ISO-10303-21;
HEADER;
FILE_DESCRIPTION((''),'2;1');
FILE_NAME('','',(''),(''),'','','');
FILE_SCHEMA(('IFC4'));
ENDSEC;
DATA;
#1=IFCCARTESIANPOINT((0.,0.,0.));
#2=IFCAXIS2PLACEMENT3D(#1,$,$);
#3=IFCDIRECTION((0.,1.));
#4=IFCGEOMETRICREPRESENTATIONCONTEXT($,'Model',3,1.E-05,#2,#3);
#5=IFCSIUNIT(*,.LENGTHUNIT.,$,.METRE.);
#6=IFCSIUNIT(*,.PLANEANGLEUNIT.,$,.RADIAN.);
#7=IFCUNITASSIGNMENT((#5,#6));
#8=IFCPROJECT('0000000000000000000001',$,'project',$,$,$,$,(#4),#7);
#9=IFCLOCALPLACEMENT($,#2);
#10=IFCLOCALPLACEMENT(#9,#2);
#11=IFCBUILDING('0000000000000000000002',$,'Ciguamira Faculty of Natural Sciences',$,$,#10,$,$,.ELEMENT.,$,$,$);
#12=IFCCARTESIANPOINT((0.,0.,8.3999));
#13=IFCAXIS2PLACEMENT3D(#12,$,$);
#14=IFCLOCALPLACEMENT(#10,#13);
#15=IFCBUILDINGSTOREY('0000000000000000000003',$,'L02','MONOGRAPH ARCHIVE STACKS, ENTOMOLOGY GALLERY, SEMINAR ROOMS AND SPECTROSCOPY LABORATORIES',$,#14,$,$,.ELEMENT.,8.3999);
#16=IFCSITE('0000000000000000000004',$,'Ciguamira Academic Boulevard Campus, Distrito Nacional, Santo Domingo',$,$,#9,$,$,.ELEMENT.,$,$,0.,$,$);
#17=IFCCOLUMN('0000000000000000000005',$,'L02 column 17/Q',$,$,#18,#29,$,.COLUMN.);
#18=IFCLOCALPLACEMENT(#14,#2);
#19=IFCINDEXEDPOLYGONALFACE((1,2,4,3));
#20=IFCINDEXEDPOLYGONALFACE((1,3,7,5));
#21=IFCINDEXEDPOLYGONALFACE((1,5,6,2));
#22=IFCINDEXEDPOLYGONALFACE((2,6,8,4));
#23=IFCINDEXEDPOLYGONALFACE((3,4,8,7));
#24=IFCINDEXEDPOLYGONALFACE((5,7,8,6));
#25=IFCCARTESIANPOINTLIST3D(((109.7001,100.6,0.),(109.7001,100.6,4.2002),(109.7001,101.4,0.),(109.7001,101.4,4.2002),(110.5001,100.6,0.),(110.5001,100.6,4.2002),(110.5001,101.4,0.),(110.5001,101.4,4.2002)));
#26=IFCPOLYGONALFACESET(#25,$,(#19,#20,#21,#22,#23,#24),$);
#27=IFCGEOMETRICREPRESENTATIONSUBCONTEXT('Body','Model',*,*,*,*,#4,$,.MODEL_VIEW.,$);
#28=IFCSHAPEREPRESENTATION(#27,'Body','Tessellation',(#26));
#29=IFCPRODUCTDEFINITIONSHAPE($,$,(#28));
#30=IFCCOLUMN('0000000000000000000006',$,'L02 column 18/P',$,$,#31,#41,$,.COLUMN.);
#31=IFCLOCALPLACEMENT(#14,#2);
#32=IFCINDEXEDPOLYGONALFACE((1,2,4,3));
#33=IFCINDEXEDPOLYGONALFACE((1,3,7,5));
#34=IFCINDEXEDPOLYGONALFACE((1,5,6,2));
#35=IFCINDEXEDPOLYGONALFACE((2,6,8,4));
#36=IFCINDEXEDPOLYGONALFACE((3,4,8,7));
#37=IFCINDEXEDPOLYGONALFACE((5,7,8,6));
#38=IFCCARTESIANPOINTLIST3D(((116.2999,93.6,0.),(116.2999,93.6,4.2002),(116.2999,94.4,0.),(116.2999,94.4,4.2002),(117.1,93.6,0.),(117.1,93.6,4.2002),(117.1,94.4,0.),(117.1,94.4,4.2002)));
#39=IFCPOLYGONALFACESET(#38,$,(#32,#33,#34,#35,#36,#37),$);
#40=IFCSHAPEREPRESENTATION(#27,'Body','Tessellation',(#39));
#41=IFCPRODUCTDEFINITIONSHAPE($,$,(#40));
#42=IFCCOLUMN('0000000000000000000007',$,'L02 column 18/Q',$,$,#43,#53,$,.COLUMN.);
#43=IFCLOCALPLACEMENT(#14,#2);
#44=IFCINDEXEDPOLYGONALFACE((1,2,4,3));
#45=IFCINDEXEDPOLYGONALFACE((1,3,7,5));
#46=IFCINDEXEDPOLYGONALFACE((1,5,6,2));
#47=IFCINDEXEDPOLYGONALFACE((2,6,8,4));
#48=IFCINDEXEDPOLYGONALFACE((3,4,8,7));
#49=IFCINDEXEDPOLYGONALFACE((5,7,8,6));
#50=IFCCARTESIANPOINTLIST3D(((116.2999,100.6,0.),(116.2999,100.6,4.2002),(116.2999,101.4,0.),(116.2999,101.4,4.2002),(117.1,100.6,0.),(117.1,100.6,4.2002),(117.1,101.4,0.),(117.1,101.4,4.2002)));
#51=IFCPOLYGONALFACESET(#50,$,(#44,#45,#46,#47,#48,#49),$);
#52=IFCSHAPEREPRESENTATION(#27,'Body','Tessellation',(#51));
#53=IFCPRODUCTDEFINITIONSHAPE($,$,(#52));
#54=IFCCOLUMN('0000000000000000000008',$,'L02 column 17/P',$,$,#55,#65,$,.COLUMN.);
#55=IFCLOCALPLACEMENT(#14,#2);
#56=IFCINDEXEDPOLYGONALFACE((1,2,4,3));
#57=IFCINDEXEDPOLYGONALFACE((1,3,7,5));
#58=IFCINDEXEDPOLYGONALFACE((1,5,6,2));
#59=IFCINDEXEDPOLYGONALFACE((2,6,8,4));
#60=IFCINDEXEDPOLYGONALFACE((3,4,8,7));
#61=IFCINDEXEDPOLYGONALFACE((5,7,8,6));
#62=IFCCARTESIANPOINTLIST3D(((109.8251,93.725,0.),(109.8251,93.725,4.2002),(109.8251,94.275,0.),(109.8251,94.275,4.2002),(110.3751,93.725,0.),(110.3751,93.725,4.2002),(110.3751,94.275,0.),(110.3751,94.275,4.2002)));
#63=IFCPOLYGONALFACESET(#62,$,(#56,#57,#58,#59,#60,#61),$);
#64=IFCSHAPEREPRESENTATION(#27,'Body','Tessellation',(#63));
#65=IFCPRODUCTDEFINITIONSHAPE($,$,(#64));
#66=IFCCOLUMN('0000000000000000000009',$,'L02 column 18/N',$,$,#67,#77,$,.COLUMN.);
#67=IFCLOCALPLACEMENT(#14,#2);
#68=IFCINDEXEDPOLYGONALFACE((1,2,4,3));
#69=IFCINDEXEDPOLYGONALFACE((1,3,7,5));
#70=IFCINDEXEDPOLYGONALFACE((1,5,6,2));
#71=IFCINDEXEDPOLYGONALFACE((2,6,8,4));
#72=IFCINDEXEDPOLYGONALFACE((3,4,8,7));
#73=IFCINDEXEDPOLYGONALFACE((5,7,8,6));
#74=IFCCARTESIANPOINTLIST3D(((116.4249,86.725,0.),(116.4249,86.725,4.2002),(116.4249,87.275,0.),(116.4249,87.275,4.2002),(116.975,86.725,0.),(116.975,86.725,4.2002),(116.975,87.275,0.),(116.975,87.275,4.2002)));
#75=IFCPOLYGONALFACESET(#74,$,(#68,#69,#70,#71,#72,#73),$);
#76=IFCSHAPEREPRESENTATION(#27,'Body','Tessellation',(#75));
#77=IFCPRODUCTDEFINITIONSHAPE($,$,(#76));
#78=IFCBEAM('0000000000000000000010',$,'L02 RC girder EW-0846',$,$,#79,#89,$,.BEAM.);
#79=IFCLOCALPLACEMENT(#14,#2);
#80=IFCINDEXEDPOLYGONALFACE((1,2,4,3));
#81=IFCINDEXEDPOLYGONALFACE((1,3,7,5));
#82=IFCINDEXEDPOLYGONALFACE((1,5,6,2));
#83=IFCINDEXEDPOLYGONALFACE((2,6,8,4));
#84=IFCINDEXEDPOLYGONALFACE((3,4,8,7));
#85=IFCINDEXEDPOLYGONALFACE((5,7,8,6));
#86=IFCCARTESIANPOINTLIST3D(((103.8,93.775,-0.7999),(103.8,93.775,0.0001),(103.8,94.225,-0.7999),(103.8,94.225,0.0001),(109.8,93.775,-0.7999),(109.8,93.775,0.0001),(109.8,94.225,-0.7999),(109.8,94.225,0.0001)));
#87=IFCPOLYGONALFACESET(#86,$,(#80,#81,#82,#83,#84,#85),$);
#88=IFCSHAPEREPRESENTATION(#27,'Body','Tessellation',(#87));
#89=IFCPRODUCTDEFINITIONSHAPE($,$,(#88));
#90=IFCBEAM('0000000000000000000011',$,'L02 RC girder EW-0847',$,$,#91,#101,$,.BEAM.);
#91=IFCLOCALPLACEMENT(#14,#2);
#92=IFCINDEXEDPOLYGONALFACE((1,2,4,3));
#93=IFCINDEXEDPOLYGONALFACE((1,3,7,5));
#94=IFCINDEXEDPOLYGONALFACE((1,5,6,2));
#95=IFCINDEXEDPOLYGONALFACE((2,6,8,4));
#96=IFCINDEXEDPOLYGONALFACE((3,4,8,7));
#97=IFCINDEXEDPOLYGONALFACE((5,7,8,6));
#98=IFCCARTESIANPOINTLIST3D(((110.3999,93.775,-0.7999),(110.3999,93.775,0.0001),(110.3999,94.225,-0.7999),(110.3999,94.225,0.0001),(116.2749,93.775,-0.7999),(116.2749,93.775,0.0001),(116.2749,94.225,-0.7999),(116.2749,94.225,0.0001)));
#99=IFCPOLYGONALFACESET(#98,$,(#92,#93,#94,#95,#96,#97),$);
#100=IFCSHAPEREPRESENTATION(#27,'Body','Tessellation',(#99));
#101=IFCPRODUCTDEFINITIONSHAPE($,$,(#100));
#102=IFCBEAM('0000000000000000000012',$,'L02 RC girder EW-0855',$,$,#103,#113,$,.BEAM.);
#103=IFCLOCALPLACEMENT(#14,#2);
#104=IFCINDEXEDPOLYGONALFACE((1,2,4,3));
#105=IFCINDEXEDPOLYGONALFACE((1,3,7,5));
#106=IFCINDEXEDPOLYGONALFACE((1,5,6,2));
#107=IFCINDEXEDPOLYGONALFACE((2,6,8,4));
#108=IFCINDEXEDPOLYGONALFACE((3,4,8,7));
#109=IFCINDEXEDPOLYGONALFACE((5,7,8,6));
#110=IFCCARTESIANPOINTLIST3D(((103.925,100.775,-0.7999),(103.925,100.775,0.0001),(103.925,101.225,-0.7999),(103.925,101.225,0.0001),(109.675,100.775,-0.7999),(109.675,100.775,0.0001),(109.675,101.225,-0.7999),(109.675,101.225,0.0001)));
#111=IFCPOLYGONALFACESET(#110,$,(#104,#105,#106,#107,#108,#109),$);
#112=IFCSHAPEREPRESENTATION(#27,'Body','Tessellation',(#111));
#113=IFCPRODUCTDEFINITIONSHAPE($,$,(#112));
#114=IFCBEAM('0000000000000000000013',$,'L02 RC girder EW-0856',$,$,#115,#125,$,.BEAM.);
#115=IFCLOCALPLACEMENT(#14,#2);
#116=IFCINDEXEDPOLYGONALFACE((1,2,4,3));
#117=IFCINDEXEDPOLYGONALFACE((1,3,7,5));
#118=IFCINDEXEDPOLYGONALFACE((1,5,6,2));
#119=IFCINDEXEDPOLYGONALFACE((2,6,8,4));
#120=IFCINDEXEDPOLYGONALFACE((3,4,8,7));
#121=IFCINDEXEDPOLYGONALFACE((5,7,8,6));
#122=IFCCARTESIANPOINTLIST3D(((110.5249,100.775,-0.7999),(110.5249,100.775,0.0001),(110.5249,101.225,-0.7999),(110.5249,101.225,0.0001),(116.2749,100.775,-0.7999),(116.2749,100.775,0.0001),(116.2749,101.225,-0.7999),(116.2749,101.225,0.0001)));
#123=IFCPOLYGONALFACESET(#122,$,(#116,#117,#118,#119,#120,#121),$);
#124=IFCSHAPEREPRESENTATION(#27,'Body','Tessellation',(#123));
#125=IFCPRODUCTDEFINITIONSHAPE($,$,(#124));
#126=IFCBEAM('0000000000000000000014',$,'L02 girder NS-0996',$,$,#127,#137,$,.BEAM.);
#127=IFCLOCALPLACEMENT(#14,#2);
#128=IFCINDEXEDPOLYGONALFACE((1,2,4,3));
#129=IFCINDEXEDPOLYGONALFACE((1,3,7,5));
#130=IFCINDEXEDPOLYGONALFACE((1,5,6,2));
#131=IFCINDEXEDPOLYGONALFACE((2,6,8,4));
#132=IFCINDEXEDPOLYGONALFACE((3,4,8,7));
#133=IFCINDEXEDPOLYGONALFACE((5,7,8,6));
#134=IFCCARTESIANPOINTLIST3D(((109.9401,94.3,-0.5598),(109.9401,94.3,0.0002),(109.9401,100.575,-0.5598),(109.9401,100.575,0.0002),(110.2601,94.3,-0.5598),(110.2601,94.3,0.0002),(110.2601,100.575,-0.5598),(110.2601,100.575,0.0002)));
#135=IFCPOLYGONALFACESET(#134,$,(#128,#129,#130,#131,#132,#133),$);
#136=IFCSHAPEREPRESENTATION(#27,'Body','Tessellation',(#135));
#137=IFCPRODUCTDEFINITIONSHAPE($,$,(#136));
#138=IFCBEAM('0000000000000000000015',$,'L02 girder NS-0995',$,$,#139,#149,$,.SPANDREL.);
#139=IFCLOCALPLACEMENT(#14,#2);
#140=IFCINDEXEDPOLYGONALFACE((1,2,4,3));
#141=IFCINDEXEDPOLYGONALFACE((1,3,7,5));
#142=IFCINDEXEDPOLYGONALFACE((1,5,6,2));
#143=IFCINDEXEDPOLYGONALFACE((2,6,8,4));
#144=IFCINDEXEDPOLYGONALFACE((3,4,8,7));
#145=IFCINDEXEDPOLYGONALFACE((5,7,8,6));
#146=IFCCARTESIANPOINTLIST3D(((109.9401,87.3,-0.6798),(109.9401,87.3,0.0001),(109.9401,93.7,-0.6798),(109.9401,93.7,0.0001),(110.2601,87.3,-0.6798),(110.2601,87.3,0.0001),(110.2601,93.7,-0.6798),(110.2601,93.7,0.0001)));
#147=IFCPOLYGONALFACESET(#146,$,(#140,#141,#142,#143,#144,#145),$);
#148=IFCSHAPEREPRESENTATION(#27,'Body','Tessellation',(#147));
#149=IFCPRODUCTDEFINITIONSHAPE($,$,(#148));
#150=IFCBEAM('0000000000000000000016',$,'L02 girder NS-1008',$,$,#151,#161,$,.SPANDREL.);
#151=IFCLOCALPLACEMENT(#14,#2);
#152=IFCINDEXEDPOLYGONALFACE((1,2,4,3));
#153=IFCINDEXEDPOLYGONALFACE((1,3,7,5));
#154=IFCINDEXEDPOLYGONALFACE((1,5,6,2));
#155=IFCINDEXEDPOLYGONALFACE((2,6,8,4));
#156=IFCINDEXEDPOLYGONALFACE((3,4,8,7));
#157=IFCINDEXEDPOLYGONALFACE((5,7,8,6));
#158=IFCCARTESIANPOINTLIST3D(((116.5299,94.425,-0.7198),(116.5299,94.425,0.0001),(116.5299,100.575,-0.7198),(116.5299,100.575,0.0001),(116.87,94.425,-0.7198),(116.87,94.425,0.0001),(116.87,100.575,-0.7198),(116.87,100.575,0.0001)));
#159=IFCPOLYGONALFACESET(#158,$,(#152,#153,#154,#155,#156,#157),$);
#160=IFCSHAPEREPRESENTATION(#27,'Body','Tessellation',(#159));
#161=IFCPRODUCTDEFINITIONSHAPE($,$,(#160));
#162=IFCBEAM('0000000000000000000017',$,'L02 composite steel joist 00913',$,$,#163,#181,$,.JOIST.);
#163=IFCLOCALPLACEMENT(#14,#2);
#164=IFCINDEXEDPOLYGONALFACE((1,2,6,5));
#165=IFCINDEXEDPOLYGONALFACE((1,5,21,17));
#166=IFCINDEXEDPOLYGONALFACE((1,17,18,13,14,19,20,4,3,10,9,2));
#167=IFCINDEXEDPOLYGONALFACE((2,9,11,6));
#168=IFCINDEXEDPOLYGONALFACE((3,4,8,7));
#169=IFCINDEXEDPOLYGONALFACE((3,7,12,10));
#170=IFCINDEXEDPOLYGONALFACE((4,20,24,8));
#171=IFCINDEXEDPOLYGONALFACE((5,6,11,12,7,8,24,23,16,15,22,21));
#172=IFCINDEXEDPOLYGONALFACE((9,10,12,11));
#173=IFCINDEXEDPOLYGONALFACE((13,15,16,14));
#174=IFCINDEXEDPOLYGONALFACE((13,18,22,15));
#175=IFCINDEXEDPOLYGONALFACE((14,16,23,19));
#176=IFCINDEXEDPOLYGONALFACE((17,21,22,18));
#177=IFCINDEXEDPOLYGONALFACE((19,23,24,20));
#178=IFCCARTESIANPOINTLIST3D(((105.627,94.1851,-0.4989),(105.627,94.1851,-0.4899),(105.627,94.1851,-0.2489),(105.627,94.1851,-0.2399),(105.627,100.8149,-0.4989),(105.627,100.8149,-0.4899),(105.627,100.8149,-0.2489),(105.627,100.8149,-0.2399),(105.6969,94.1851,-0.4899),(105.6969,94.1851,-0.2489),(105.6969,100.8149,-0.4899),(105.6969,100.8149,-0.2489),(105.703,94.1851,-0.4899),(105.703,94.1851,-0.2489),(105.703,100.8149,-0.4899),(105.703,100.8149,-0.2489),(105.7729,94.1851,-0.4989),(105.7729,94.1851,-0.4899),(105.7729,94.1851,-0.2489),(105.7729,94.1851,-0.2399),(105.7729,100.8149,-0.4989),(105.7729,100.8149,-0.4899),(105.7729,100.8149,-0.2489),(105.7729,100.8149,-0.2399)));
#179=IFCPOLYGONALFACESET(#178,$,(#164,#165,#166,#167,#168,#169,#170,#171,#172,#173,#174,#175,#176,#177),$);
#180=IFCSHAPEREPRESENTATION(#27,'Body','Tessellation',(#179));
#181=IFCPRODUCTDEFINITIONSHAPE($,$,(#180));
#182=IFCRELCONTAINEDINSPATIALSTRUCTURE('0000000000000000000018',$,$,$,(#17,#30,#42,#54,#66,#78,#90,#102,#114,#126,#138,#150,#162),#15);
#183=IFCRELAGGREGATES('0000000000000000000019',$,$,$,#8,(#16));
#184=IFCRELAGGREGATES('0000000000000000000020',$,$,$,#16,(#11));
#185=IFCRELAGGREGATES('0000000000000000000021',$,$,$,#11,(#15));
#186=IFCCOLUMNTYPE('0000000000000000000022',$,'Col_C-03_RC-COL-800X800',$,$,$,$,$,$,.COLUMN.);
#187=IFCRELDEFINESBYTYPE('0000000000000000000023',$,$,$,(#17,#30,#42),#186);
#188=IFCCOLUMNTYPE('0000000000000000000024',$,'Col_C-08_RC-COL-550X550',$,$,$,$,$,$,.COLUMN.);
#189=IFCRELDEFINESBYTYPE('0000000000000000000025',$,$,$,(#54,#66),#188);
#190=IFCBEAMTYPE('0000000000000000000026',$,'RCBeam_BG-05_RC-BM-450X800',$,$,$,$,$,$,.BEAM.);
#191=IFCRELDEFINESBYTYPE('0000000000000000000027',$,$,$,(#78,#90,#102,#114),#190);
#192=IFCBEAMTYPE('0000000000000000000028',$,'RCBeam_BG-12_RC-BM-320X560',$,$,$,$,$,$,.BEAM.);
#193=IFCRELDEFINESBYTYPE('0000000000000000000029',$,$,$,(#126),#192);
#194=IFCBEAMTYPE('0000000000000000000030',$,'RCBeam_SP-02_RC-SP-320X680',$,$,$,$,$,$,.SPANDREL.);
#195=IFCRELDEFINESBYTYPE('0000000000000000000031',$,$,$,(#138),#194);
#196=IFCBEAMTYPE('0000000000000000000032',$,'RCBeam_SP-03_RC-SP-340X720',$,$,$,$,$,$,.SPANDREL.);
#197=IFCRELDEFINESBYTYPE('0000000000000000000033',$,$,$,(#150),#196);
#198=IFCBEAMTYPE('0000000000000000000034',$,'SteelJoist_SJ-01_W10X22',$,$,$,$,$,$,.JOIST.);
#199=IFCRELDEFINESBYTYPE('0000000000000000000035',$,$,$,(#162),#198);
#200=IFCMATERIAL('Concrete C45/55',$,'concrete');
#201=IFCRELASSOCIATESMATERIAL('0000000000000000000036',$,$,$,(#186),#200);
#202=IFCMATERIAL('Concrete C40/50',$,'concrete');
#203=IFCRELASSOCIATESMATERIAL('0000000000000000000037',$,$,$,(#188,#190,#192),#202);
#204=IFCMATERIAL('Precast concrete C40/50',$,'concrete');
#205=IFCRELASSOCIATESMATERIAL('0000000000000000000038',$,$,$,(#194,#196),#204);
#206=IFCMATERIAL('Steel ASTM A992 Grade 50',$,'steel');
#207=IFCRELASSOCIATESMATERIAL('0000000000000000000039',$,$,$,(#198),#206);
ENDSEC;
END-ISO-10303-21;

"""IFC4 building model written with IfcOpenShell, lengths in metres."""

from ifc_helpers import new_model, si_unit, direction, frame, origin, origin_2d, place, context, subcontext, project, spatial, rectangle, i_section, extrude, material, material_profile, profile_set, type_object, element, save


model = new_model("IFC4")

# Units and contexts
model_context = context("Model", 3, precision=1e-05, world=origin(), true_north=direction((0.0, 1.0)))
body_context = subcontext(model_context, "Body", "Model", "MODEL_VIEW")
ifc_project = project(units=[si_unit("LENGTHUNIT", "METRE"), si_unit("PLANEANGLEUNIT", "RADIAN")], contexts=[model_context])

# Site, building, storey
site_placement = place(None, origin())
site = spatial("IfcSite", under=ifc_project, at=site_placement, Name="Ciguamira Academic Boulevard Campus, Distrito Nacional, Santo Domingo", CompositionType="ELEMENT", RefElevation=0.0)
building_placement = place(site_placement, origin())
building = spatial("IfcBuilding", under=site, at=building_placement, Name="Ciguamira Faculty of Natural Sciences", CompositionType="ELEMENT")
storey_placement = place(building_placement, frame((0.0, 0.0, 8.3999)))
storey = spatial("IfcBuildingStorey", under=building, at=storey_placement, Name="L02", Description="MONOGRAPH ARCHIVE STACKS, ENTOMOLOGY GALLERY, SEMINAR ROOMS AND SPECTROSCOPY LABORATORIES", CompositionType="ELEMENT", Elevation=8.3999)

# Columns
ifc_material_1 = material(Name="Concrete C45/55", Category="concrete")
ifc_material_profile_1 = material_profile(ifc_material_1, rectangle(XDim=0.8, YDim=0.8, at=origin_2d()), Name="RC-COL-800X800")
ifc_profile_set_1 = profile_set([ifc_material_profile_1], Name="Concrete C45/55")
column_type_1 = type_object("IfcColumnType", Name="Col_C-03_RC-COL-800X800", PredefinedType="COLUMN", material=ifc_profile_set_1)
for number, where, z_axis, x_axis, name in (
    (1, (110.1001, 101.0, 0.0), (0.0, 0.0, 1.0), (1.0, 0.0, 0.0), "L02 column 17/Q"),
    (2, (116.7, 94.0, 0.0), (0.0, 0.0, 1.0), (1.0, 0.0, 0.0), "L02 column 18/P"),
    (3, (116.7, 101.0, 0.0), (0.0, 0.0, 1.0), (1.0, 0.0, 0.0), "L02 column 18/Q"),
):
    element("IfcColumn", number, at=place(storey_placement, frame(where, z_axis=z_axis, x_axis=x_axis)), inside=storey, type_object=column_type_1, Name=name, PredefinedType="COLUMN", context=body_context, shape_type="SweptSolid", body=[
        extrude(rectangle(XDim=0.8, YDim=0.8, at=origin_2d()), origin(), (0.0, 0.0, 1.0), 4.2002),
    ])
ifc_material_2 = material(Name="Concrete C40/50", Category="concrete")
ifc_material_profile_2 = material_profile(ifc_material_2, rectangle(XDim=0.55, YDim=0.55, at=origin_2d()), Name="RC-COL-550X550")
ifc_profile_set_2 = profile_set([ifc_material_profile_2], Name="Concrete C40/50")
column_type_2 = type_object("IfcColumnType", Name="Col_C-08_RC-COL-550X550", PredefinedType="COLUMN", material=ifc_profile_set_2)
for number, where, z_axis, x_axis, name in (
    (4, (110.1001, 94.0, 0.0), (0.0, 0.0, 1.0), (1.0, 0.0, 0.0), "L02 column 17/P"),
    (5, (116.7, 87.0, 0.0), (0.0, 0.0, 1.0), (1.0, 0.0, 0.0), "L02 column 18/N"),
):
    element("IfcColumn", number, at=place(storey_placement, frame(where, z_axis=z_axis, x_axis=x_axis)), inside=storey, type_object=column_type_2, Name=name, PredefinedType="COLUMN", context=body_context, shape_type="SweptSolid", body=[
        extrude(rectangle(XDim=0.55, YDim=0.55, at=origin_2d()), origin(), (0.0, 0.0, 1.0), 4.2002),
    ])

# Beams
ifc_material_profile_3 = material_profile(ifc_material_2, rectangle(XDim=0.45, YDim=0.8, at=origin_2d()), Name="RC-BM-450X800")
ifc_profile_set_3 = profile_set([ifc_material_profile_3], Name="Concrete C40/50")
beam_type_1 = type_object("IfcBeamType", Name="RCBeam_BG-05_RC-BM-450X800", PredefinedType="BEAM", material=ifc_profile_set_3)
beam_1_placement = place(storey_placement, frame((103.8, 94.0, -0.3999), z_axis=(1.0, 0.0, 0.0), x_axis=(0.0, 1.0, 0.0)))
element("IfcBeam", 6, at=beam_1_placement, inside=storey, type_object=beam_type_1, Name="L02 RC girder EW-0846", PredefinedType="BEAM", context=body_context, shape_type="SweptSolid", body=[
    extrude(rectangle(XDim=0.45, YDim=0.8, at=origin_2d()), origin(), (0.0, 0.0, 1.0), 6.0),
])
beam_2_placement = place(storey_placement, frame((110.3999, 94.0, -0.3999), z_axis=(1.0, 0.0, 0.0), x_axis=(0.0, 1.0, 0.0)))
element("IfcBeam", 7, at=beam_2_placement, inside=storey, type_object=beam_type_1, Name="L02 RC girder EW-0847", PredefinedType="BEAM", context=body_context, shape_type="SweptSolid", body=[
    extrude(rectangle(XDim=0.45, YDim=0.8, at=origin_2d()), origin(), (0.0, 0.0, 1.0), 5.875),
])
for number, where, z_axis, x_axis, name in (
    (8, (103.925, 101.0, -0.3999), (1.0, 0.0, 0.0), (0.0, 1.0, 0.0), "L02 RC girder EW-0855"),
    (9, (110.5249, 101.0, -0.3999), (1.0, 0.0, 0.0), (0.0, 1.0, 0.0), "L02 RC girder EW-0856"),
):
    element("IfcBeam", number, at=place(storey_placement, frame(where, z_axis=z_axis, x_axis=x_axis)), inside=storey, type_object=beam_type_1, Name=name, PredefinedType="BEAM", context=body_context, shape_type="SweptSolid", body=[
        extrude(rectangle(XDim=0.45, YDim=0.8, at=origin_2d()), origin(), (0.0, 0.0, 1.0), 5.75),
    ])
ifc_material_profile_4 = material_profile(ifc_material_2, rectangle(XDim=0.3201, YDim=0.5601, at=origin_2d()), Name="RC-BM-320X560")
ifc_profile_set_4 = profile_set([ifc_material_profile_4], Name="Concrete C40/50")
beam_type_2 = type_object("IfcBeamType", Name="RCBeam_BG-12_RC-BM-320X560", PredefinedType="BEAM", material=ifc_profile_set_4)
beam_3_placement = place(storey_placement, frame((110.1001, 94.3, -0.2798), z_axis=(0.0, 1.0, 0.0), x_axis=(-1.0, 0.0, 0.0)))
element("IfcBeam", 10, at=beam_3_placement, inside=storey, type_object=beam_type_2, Name="L02 girder NS-0996", PredefinedType="BEAM", context=body_context, shape_type="SweptSolid", body=[
    extrude(rectangle(XDim=0.3201, YDim=0.5601, at=origin_2d()), origin(), (0.0, 0.0, 1.0), 6.2749),
])
ifc_material_3 = material(Name="Precast concrete C40/50", Category="concrete")
ifc_material_profile_5 = material_profile(ifc_material_3, rectangle(XDim=0.3201, YDim=0.6799, at=origin_2d()), Name="RC-SP-320X680")
ifc_profile_set_5 = profile_set([ifc_material_profile_5], Name="Precast concrete C40/50")
beam_type_3 = type_object("IfcBeamType", Name="RCBeam_SP-02_RC-SP-320X680", PredefinedType="SPANDREL", material=ifc_profile_set_5)
beam_4_placement = place(storey_placement, frame((110.1001, 87.3, -0.3398), z_axis=(0.0, 1.0, 0.0), x_axis=(-1.0, 0.0, 0.0)))
element("IfcBeam", 11, at=beam_4_placement, inside=storey, type_object=beam_type_3, Name="L02 girder NS-0995", PredefinedType="SPANDREL", context=body_context, shape_type="SweptSolid", body=[
    extrude(rectangle(XDim=0.3201, YDim=0.6799, at=origin_2d()), origin(), (0.0, 0.0, 1.0), 6.3999),
])
ifc_material_profile_6 = material_profile(ifc_material_3, rectangle(XDim=0.3401, YDim=0.72, at=origin_2d()), Name="RC-SP-340X720")
ifc_profile_set_6 = profile_set([ifc_material_profile_6], Name="Precast concrete C40/50")
beam_type_4 = type_object("IfcBeamType", Name="RCBeam_SP-03_RC-SP-340X720", PredefinedType="SPANDREL", material=ifc_profile_set_6)
beam_5_placement = place(storey_placement, frame((116.7, 94.425, -0.3599), z_axis=(0.0, 1.0, 0.0), x_axis=(-1.0, 0.0, 0.0)))
element("IfcBeam", 12, at=beam_5_placement, inside=storey, type_object=beam_type_4, Name="L02 girder NS-1008", PredefinedType="SPANDREL", context=body_context, shape_type="SweptSolid", body=[
    extrude(rectangle(XDim=0.3401, YDim=0.72, at=origin_2d()), origin(), (0.0, 0.0, 1.0), 6.1499),
])
ifc_material_4 = material(Name="Steel ASTM A992 Grade 50", Category="steel")
ifc_material_profile_7 = material_profile(ifc_material_4, i_section(OverallWidth=0.146, OverallDepth=0.259, WebThickness=0.0061, FlangeThickness=0.009, at=origin_2d()), Name="W10X22")
ifc_profile_set_7 = profile_set([ifc_material_profile_7], Name="Steel ASTM A992 Grade 50")
beam_type_5 = type_object("IfcBeamType", Name="SteelJoist_SJ-01_W10X22", PredefinedType="JOIST", material=ifc_profile_set_7)
beam_6_placement = place(storey_placement, frame((105.7, 94.1851, -0.3694), z_axis=(0.0, 1.0, 0.0), x_axis=(-1.0, 0.0, 0.0)))
element("IfcBeam", 13, at=beam_6_placement, inside=storey, type_object=beam_type_5, Name="L02 composite steel joist 00913", PredefinedType="JOIST", context=body_context, shape_type="SweptSolid", body=[
    extrude(i_section(OverallWidth=0.146, OverallDepth=0.259, WebThickness=0.0061, FlangeThickness=0.009, at=origin_2d()), origin(), (0.0, 0.0, 1.0), 6.6299),
])

save(model, "model.ifc")
